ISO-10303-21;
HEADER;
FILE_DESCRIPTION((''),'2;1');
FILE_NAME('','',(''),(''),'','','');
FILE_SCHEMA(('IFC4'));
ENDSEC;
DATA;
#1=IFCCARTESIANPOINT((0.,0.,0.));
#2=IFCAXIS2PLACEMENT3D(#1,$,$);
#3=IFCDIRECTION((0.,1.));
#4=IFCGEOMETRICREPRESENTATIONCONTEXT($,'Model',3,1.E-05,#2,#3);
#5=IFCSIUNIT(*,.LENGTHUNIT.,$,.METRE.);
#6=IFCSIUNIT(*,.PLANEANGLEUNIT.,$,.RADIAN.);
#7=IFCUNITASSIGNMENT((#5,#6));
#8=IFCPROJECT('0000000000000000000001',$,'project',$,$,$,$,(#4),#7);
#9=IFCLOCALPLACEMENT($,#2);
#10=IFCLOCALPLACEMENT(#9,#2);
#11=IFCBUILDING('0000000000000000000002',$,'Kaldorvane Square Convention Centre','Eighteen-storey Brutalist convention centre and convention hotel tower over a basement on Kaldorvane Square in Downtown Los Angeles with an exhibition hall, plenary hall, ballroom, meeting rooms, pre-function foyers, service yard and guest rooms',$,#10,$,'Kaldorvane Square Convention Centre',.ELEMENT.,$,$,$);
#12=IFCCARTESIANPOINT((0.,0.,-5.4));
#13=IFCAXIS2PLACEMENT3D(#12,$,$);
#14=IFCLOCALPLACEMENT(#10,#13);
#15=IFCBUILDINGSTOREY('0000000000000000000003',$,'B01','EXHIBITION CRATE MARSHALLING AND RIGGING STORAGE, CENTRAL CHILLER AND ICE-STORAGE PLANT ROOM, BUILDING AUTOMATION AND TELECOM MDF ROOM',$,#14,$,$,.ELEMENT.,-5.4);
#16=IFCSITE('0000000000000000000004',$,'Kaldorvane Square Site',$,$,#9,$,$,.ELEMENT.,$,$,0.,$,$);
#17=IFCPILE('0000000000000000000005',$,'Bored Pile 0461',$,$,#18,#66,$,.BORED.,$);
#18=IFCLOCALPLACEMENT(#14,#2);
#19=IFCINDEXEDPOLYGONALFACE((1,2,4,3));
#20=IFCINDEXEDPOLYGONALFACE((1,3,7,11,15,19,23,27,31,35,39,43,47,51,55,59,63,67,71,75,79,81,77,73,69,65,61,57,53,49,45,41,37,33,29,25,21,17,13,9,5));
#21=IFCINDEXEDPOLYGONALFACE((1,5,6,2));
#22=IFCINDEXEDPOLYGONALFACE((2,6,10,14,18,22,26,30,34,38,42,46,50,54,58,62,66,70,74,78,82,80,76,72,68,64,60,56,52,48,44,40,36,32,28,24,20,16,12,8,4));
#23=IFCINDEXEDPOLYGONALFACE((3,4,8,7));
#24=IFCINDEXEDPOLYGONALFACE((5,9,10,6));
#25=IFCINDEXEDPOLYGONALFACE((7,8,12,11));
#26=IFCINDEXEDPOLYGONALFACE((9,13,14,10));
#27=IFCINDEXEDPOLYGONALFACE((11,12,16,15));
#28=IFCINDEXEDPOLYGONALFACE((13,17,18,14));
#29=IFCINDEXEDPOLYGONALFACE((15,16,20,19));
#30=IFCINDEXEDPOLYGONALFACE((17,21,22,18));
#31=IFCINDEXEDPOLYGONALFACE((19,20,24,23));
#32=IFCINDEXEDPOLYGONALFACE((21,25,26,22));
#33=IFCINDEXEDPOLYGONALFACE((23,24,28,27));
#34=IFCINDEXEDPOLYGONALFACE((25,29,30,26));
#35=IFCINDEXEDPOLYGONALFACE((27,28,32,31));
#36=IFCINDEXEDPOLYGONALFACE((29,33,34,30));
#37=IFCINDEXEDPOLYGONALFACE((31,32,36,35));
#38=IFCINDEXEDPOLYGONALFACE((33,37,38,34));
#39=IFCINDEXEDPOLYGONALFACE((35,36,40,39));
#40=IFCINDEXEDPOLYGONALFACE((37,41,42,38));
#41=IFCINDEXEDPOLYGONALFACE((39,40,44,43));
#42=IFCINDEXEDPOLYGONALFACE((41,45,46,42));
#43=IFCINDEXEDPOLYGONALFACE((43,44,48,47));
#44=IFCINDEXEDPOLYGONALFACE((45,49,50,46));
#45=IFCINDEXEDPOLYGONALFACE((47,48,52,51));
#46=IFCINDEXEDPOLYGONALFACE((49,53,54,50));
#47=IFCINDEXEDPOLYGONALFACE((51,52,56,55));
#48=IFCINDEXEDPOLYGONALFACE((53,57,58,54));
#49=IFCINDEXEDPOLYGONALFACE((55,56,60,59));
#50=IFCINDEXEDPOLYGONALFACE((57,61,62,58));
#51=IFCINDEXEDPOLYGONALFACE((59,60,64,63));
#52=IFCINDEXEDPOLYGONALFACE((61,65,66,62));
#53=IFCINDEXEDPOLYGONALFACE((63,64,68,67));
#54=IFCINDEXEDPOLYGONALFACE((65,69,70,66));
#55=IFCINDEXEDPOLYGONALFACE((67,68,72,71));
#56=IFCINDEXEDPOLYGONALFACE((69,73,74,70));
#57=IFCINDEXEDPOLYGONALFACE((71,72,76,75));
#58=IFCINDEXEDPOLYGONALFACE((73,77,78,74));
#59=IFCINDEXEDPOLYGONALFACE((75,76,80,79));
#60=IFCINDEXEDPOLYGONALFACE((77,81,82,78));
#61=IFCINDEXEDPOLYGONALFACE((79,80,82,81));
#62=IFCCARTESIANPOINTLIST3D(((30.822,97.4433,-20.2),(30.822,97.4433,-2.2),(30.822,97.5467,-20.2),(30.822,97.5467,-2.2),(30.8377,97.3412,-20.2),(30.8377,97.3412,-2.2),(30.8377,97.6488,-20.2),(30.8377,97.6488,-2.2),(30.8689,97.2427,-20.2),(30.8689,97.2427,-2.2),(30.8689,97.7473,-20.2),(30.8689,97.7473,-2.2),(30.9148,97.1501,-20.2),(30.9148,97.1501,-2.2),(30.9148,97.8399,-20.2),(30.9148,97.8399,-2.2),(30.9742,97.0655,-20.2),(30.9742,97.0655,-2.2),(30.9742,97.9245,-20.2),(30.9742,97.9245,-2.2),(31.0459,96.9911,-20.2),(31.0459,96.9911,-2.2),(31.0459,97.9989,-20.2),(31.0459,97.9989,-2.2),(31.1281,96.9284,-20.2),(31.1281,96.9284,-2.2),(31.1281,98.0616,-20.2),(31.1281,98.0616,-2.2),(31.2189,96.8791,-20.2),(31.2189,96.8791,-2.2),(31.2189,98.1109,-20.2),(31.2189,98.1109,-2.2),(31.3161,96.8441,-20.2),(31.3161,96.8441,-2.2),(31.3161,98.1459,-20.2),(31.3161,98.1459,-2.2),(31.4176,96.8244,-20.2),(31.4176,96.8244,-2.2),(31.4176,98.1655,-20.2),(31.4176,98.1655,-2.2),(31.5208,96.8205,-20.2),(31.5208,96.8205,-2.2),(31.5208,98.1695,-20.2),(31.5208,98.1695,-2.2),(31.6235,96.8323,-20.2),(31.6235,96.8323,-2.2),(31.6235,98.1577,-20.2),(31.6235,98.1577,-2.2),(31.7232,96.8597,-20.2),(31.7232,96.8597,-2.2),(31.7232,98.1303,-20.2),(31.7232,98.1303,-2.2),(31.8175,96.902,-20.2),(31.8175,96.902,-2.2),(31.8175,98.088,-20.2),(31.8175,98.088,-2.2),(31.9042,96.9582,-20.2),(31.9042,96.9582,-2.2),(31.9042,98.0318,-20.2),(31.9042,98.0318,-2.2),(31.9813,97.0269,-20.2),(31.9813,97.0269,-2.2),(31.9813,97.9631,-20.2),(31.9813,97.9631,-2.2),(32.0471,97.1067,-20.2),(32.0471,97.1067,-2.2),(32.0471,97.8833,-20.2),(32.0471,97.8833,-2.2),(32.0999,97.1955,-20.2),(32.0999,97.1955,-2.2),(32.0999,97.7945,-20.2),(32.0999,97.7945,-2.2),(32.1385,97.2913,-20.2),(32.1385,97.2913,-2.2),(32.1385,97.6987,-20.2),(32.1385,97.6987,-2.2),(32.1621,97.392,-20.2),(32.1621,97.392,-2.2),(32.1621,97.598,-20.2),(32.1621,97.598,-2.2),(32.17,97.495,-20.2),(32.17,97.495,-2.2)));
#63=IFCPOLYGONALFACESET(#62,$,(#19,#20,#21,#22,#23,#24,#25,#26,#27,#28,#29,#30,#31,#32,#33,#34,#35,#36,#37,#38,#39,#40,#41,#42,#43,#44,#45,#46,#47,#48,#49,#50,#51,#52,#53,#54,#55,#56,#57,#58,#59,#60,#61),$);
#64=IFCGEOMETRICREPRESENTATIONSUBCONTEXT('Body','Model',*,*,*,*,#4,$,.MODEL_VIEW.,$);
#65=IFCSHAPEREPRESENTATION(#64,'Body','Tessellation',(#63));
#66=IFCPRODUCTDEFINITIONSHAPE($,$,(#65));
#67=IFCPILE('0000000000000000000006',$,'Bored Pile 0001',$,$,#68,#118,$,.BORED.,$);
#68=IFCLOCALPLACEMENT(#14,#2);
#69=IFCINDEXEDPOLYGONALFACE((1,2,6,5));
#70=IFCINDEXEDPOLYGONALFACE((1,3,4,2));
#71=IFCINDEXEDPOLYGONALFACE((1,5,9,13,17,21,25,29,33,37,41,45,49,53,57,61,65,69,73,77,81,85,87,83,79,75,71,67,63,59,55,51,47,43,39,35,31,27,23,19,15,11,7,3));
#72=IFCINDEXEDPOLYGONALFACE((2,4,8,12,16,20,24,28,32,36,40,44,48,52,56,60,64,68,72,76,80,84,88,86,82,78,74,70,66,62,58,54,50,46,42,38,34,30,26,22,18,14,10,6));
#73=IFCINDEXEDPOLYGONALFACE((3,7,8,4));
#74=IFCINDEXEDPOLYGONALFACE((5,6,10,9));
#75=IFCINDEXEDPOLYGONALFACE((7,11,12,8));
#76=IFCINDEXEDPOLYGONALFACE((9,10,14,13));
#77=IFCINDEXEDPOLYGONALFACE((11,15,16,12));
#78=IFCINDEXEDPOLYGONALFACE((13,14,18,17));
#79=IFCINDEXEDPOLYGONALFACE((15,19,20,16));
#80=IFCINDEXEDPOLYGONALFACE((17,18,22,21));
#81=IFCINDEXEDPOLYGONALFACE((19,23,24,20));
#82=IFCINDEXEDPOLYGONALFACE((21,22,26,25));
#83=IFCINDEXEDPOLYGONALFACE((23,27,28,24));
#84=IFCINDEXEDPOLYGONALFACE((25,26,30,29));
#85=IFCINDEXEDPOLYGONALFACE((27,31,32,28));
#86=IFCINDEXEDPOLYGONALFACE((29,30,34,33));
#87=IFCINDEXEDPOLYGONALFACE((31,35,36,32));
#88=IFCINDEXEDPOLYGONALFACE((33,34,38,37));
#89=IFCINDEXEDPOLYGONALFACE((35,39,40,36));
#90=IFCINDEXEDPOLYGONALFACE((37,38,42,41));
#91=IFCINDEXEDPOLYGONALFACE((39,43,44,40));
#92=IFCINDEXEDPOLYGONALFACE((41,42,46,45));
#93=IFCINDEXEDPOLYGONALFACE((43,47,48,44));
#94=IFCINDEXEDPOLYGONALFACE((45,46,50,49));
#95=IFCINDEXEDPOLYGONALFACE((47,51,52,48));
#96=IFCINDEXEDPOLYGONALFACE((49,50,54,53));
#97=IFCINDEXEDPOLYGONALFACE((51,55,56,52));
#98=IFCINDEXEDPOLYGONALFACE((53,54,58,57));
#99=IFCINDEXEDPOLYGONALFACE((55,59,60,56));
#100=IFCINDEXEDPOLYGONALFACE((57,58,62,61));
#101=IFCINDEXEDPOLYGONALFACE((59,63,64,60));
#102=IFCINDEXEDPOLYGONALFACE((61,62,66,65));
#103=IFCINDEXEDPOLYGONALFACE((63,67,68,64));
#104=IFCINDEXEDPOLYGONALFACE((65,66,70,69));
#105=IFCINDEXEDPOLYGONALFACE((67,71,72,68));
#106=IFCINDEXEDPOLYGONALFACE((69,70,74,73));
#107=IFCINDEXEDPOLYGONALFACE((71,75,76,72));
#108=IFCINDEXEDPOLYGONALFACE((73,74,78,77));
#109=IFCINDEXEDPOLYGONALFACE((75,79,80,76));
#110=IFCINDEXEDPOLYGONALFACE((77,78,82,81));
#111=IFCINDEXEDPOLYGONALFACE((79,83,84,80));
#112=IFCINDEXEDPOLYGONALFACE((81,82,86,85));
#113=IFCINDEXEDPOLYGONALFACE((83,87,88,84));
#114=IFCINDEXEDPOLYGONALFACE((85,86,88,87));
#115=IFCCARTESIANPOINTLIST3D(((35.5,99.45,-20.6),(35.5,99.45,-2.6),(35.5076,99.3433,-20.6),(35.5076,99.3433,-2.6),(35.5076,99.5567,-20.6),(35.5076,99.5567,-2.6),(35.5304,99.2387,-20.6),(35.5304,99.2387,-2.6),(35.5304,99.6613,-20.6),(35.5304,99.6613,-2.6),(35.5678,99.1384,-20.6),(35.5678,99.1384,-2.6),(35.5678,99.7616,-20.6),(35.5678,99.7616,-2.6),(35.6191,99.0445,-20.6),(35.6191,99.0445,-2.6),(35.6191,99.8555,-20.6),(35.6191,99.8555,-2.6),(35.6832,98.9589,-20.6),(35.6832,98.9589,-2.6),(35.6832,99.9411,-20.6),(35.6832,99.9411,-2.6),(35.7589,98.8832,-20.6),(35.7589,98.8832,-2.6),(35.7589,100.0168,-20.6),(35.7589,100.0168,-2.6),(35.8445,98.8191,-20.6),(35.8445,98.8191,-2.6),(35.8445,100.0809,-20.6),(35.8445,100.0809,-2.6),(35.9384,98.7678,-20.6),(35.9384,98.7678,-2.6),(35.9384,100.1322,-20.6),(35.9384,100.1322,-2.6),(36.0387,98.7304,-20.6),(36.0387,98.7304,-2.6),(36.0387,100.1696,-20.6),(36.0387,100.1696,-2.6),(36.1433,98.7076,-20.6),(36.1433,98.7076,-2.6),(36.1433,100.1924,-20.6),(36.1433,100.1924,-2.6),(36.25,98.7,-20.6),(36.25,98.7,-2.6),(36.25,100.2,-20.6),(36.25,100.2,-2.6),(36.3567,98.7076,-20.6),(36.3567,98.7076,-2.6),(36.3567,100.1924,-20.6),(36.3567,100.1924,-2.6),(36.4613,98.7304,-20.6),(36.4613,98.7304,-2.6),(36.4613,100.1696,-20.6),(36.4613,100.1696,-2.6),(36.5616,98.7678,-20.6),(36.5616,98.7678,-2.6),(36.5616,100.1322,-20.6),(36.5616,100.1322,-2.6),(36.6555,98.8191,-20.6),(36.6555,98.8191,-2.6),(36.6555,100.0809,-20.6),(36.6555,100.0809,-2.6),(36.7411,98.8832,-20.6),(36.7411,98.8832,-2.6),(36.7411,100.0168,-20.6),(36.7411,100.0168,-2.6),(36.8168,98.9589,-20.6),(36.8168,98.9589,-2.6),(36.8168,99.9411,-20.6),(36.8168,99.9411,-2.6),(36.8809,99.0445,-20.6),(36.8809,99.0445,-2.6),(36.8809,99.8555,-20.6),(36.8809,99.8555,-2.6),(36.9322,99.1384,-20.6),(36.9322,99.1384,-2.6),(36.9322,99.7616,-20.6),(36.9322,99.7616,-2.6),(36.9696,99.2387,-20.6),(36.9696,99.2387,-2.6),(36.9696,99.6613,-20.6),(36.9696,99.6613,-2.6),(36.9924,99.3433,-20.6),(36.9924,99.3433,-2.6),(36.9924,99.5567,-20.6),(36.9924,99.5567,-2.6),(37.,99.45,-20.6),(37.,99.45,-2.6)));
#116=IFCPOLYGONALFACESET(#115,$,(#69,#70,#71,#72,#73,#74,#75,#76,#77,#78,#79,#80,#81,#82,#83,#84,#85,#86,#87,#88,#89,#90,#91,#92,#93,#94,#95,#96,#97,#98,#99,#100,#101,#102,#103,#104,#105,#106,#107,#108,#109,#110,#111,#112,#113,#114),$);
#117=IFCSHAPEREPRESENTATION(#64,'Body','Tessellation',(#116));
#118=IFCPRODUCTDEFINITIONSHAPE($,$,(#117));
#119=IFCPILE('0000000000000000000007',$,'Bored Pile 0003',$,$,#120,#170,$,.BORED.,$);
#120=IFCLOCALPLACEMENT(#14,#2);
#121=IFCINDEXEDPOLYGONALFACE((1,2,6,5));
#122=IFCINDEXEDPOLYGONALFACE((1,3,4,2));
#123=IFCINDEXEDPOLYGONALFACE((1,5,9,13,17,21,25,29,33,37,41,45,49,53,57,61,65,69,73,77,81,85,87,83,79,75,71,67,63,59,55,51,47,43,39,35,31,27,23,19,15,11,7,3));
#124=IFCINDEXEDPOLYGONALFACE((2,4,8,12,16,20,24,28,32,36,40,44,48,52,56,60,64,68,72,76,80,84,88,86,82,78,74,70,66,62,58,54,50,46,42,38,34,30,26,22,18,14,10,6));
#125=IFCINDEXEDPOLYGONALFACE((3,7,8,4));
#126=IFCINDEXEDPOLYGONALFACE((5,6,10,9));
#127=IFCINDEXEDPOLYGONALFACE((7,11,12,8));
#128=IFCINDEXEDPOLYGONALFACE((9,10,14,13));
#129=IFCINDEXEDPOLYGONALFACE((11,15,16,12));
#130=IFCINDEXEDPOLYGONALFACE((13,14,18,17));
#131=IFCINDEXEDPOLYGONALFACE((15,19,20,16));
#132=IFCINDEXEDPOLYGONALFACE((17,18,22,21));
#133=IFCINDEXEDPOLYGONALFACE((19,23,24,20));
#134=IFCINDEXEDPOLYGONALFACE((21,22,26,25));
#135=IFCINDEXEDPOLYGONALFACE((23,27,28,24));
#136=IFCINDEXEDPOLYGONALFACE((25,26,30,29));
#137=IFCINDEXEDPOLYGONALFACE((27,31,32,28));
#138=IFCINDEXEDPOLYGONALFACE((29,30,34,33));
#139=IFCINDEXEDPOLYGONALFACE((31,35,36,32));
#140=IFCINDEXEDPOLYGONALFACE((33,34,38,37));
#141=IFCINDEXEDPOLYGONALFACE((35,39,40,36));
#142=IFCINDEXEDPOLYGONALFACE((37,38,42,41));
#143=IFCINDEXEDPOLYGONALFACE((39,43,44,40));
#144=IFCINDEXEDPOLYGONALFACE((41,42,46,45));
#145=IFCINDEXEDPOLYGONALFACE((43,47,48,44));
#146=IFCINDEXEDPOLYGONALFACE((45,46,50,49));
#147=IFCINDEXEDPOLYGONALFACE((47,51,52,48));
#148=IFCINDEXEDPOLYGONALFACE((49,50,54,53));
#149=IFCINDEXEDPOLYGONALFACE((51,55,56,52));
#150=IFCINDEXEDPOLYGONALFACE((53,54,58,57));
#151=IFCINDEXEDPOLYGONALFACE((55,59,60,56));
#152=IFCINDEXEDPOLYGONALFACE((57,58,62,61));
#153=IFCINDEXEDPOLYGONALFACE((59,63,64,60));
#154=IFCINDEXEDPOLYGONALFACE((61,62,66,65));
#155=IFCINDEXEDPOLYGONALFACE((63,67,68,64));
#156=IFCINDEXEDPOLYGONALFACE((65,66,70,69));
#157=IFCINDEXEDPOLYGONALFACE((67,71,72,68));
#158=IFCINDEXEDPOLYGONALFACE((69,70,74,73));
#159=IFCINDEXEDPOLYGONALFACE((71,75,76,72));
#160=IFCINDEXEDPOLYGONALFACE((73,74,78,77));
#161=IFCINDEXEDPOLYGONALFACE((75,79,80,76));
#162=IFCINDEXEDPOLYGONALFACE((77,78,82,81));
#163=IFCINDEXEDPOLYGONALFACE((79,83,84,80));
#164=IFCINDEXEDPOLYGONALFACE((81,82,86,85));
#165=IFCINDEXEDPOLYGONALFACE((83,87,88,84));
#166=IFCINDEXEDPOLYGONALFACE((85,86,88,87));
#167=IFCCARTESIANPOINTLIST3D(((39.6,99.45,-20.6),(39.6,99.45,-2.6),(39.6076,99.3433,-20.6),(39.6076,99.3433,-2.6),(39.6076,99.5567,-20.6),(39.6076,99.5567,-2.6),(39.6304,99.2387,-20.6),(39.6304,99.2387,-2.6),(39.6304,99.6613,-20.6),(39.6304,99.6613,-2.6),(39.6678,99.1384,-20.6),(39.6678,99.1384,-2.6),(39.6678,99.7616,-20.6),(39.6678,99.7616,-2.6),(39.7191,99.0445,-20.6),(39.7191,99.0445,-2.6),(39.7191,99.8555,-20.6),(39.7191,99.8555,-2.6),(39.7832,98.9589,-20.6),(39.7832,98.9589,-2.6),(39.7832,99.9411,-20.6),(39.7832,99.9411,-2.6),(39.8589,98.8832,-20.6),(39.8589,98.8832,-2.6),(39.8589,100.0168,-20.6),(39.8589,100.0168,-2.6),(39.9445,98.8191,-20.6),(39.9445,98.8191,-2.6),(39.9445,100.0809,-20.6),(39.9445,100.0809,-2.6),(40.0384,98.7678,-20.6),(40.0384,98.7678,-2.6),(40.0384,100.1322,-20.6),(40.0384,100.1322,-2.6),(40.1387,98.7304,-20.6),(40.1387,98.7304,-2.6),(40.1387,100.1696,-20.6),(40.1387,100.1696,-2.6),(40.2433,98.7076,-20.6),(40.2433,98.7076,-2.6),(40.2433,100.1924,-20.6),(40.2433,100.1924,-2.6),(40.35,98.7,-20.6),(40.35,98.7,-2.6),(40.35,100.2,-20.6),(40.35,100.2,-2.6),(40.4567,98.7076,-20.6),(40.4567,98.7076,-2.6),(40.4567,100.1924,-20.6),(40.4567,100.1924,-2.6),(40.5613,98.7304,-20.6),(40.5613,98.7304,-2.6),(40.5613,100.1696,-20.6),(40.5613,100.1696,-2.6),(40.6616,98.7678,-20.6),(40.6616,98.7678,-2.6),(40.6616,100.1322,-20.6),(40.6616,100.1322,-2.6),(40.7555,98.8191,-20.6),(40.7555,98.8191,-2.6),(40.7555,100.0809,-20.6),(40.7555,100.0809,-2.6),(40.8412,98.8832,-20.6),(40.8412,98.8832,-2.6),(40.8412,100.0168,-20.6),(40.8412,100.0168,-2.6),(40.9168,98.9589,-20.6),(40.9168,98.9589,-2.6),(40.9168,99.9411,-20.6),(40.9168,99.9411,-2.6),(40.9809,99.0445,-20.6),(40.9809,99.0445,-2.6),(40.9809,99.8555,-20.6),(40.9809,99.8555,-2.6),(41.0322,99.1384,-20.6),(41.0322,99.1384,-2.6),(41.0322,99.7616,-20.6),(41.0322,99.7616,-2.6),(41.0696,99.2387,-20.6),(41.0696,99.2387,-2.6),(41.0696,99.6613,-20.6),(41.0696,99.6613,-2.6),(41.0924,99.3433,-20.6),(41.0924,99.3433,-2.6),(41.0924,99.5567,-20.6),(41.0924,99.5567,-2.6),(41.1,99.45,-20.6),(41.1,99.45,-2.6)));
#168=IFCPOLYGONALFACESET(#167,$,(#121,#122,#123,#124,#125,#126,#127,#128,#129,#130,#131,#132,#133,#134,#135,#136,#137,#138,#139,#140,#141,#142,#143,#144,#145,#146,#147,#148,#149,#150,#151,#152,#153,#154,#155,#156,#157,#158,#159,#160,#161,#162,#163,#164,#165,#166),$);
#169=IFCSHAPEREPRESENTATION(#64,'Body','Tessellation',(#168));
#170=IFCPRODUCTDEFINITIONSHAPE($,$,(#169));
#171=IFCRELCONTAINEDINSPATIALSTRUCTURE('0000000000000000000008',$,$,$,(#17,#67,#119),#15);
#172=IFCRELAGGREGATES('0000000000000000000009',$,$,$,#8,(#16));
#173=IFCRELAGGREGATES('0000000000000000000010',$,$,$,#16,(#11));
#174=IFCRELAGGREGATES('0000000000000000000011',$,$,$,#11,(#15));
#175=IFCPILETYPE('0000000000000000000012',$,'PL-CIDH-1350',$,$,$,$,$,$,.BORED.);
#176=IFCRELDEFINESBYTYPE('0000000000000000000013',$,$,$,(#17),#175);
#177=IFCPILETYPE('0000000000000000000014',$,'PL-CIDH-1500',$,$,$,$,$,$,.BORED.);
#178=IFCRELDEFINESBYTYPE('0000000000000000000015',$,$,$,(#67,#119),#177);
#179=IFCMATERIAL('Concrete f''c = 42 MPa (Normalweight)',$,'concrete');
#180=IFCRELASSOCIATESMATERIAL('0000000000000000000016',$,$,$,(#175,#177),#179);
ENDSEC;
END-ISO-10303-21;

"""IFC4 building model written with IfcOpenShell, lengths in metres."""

from ifc_helpers import new_model, si_unit, direction, frame, origin, origin_2d, place, context, subcontext, project, spatial, circle, extrude, material, material_profile, profile_set, type_object, element, save


model = new_model("IFC4")

# Units and contexts
model_context = context("Model", 3, precision=1e-05, world=origin(), true_north=direction((0.0, 1.0)))
body_context = subcontext(model_context, "Body", "Model", "MODEL_VIEW")
ifc_project = project(units=[si_unit("LENGTHUNIT", "METRE"), si_unit("PLANEANGLEUNIT", "RADIAN")], contexts=[model_context])

# Site, building, storey
site_placement = place(None, origin())
site = spatial("IfcSite", under=ifc_project, at=site_placement, Name="Kaldorvane Square Site", CompositionType="ELEMENT", RefElevation=0.0)
building_placement = place(site_placement, origin())
building = spatial("IfcBuilding", under=site, at=building_placement, Name="Kaldorvane Square Convention Centre", Description="Eighteen-storey Brutalist convention centre and convention hotel tower over a basement on Kaldorvane Square in Downtown Los Angeles with an exhibition hall, plenary hall, ballroom, meeting rooms, pre-function foyers, service yard and guest rooms", LongName="Kaldorvane Square Convention Centre", CompositionType="ELEMENT")
storey_placement = place(building_placement, frame((0.0, 0.0, -5.4)))
storey = spatial("IfcBuildingStorey", under=building, at=storey_placement, Name="B01", Description="EXHIBITION CRATE MARSHALLING AND RIGGING STORAGE, CENTRAL CHILLER AND ICE-STORAGE PLANT ROOM, BUILDING AUTOMATION AND TELECOM MDF ROOM", CompositionType="ELEMENT", Elevation=-5.4)

# Shared definitions
ifc_material_1 = material(Name="Concrete f'c = 42 MPa (Normalweight)", Category="concrete")

# Piles
ifc_material_profile_1 = material_profile(ifc_material_1, circle(Radius=0.675, at=origin_2d()), Name="PILE-D1350")
ifc_profile_set_1 = profile_set([ifc_material_profile_1], Name="Concrete f'c = 42 MPa (Normalweight)")
pile_type_1 = type_object("IfcPileType", Name="PL-CIDH-1350", PredefinedType="BORED", material=ifc_profile_set_1)
for number, where, z_axis, x_axis, name in (
    (1, (31.495, 97.495, -2.2), (0.0, 0.0, -1.0), (1.0, 0.0, 0.0), "Bored Pile 0461"),
):
    element("IfcPile", number, at=place(storey_placement, frame(where, z_axis=z_axis, x_axis=x_axis)), inside=storey, type_object=pile_type_1, Name=name, PredefinedType="BORED", context=body_context, shape_type="SweptSolid", body=[
        extrude(circle(Radius=0.675, at=origin_2d()), origin(), (0.0, 0.0, 1.0), 18.0),
    ])
ifc_material_profile_2 = material_profile(ifc_material_1, circle(Radius=0.75, at=origin_2d()), Name="PILE-D1500")
ifc_profile_set_2 = profile_set([ifc_material_profile_2], Name="Concrete f'c = 42 MPa (Normalweight)")
pile_type_2 = type_object("IfcPileType", Name="PL-CIDH-1500", PredefinedType="BORED", material=ifc_profile_set_2)
for number, where, z_axis, x_axis, name in (
    (2, (36.25, 99.45, -2.6), (0.0, 0.0, -1.0), (1.0, 0.0, 0.0), "Bored Pile 0001"),
    (3, (40.35, 99.45, -2.6), (0.0, 0.0, -1.0), (1.0, 0.0, 0.0), "Bored Pile 0003"),
):
    element("IfcPile", number, at=place(storey_placement, frame(where, z_axis=z_axis, x_axis=x_axis)), inside=storey, type_object=pile_type_2, Name=name, PredefinedType="BORED", context=body_context, shape_type="SweptSolid", body=[
        extrude(circle(Radius=0.75, at=origin_2d()), origin(), (0.0, 0.0, 1.0), 18.0),
    ])

save(model, "model.ifc")
